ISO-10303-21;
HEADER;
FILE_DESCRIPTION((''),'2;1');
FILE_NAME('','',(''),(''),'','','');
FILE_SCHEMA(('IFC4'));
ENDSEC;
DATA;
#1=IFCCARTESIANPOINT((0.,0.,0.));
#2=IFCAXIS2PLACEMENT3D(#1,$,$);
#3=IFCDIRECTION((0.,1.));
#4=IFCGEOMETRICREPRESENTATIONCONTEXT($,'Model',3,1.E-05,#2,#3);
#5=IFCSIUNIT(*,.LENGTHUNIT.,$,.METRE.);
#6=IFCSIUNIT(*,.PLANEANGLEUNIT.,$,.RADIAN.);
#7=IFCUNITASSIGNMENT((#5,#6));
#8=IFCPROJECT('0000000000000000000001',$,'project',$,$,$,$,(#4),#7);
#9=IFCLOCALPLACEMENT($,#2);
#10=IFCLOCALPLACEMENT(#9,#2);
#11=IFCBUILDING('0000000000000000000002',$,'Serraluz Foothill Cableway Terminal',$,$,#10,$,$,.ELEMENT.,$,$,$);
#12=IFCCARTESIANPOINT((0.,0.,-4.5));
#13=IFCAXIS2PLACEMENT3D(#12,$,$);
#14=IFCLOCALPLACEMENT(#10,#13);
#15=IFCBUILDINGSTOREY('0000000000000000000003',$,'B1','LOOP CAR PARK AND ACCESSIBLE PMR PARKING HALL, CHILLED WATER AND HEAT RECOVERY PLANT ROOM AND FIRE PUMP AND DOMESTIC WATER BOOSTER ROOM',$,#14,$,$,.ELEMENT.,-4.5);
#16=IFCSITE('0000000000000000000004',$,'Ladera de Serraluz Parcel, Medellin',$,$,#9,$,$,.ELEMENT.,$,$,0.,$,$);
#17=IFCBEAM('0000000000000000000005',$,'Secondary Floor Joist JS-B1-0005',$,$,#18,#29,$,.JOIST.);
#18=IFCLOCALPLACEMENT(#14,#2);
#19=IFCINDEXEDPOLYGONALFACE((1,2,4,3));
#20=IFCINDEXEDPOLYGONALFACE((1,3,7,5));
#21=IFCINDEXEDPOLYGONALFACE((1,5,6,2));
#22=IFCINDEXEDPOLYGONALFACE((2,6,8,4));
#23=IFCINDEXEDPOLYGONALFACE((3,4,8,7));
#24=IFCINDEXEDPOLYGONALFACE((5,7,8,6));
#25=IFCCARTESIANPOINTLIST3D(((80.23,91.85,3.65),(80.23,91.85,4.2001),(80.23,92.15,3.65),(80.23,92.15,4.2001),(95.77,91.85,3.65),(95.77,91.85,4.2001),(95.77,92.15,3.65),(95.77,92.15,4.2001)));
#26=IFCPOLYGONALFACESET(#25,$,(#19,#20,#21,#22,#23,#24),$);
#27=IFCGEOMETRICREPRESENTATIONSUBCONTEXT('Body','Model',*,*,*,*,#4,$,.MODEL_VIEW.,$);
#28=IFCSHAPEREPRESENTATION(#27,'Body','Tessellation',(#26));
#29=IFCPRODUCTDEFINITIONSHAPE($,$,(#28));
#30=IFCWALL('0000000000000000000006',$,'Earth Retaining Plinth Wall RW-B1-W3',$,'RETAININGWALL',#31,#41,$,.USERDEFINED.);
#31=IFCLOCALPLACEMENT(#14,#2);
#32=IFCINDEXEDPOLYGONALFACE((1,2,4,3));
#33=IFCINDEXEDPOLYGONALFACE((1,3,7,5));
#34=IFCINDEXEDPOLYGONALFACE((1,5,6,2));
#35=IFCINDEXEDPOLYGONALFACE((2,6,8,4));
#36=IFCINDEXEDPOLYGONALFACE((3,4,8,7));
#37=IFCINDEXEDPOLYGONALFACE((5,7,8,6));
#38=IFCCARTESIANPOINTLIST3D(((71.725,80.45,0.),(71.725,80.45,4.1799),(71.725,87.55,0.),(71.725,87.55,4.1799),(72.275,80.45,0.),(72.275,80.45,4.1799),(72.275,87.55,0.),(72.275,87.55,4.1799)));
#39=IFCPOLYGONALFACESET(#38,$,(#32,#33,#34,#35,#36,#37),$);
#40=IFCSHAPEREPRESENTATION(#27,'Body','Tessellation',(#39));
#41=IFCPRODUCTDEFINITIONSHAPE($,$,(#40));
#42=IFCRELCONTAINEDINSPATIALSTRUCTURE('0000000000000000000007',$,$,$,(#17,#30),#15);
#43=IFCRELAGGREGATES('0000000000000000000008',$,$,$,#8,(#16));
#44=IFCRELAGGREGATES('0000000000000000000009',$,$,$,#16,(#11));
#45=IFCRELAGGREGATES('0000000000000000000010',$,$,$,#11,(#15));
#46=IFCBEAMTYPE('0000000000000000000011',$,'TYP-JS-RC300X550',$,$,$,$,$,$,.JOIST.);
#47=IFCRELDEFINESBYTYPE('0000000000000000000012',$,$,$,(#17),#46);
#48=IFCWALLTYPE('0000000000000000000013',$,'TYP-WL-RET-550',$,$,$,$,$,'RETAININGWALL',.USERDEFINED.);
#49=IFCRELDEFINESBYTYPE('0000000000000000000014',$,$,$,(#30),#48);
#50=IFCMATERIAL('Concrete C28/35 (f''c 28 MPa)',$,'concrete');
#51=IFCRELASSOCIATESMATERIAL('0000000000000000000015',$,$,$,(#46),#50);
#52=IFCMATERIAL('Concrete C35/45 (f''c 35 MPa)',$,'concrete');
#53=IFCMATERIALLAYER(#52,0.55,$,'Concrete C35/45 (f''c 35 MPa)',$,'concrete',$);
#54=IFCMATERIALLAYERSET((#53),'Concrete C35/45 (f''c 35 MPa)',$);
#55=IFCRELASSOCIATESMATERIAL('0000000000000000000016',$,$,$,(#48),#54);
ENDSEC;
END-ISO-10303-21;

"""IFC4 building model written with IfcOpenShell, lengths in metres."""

from ifc_helpers import new_model, si_unit, direction, frame, frame_2d, origin, origin_2d, place, context, subcontext, project, spatial, rectangle, extrude, material, layer, layer_set, material_profile, profile_set, type_object, element, save


model = new_model("IFC4")

# Units and contexts
model_context = context("Model", 3, precision=1e-05, world=origin(), true_north=direction((0.0, 1.0)))
body_context = subcontext(model_context, "Body", "Model", "MODEL_VIEW")
ifc_project = project(units=[si_unit("LENGTHUNIT", "METRE"), si_unit("PLANEANGLEUNIT", "RADIAN")], contexts=[model_context])

# Site, building, storey
site_placement = place(None, origin())
site = spatial("IfcSite", under=ifc_project, at=site_placement, Name="Ladera de Serraluz Parcel, Medellin", CompositionType="ELEMENT", RefElevation=0.0)
building_placement = place(site_placement, origin())
building = spatial("IfcBuilding", under=site, at=building_placement, Name="Serraluz Foothill Cableway Terminal", CompositionType="ELEMENT")
storey_placement = place(building_placement, frame((0.0, 0.0, -4.5)))
storey = spatial("IfcBuildingStorey", under=building, at=storey_placement, Name="B1", Description="LOOP CAR PARK AND ACCESSIBLE PMR PARKING HALL, CHILLED WATER AND HEAT RECOVERY PLANT ROOM AND FIRE PUMP AND DOMESTIC WATER BOOSTER ROOM", CompositionType="ELEMENT", Elevation=-4.5)

# Shared definitions
ifc_material_1 = material(Name="Concrete C35/45 (f'c 35 MPa)", Category="concrete")

# Shared definitions
ifc_material_2 = material(Name="Concrete C28/35 (f'c 28 MPa)", Category="concrete")

# Beam
ifc_material_profile_1 = material_profile(ifc_material_2, rectangle(XDim=0.3, YDim=0.55, at=origin_2d()), Name="RC 300x550")
ifc_profile_set_1 = profile_set([ifc_material_profile_1], Name="Concrete C28/35 (f'c 28 MPa)")
beam_type_1 = type_object("IfcBeamType", Name="TYP-JS-RC300X550", PredefinedType="JOIST", material=ifc_profile_set_1)
beam_1_placement = place(storey_placement, frame((80.23, 92.0, 3.925), z_axis=(1.0, 0.0, 0.0), x_axis=(0.0, 1.0, 0.0)))
element("IfcBeam", 1, at=beam_1_placement, inside=storey, type_object=beam_type_1, Name="Secondary Floor Joist JS-B1-0005", PredefinedType="JOIST", context=body_context, shape_type="SweptSolid", body=[
    extrude(rectangle(XDim=0.3, YDim=0.55, at=origin_2d()), origin(), (0.0, 0.0, 1.0), 15.54),
])

# Wall
ifc_layer = layer(ifc_material_1, 0.55, Name="Concrete C35/45 (f'c 35 MPa)", Category="concrete")
ifc_layer_set = layer_set([ifc_layer], Name="Concrete C35/45 (f'c 35 MPa)")
wall_type = type_object("IfcWallType", Name="TYP-WL-RET-550", ElementType="RETAININGWALL", PredefinedType="USERDEFINED", material=ifc_layer_set)
wall_placement = place(storey_placement, frame((72.0, 87.55, 0.0), z_axis=(0.0, 0.0, 1.0), x_axis=(0.0, -1.0, 0.0)))
element("IfcWall", 2, at=wall_placement, inside=storey, type_object=wall_type, Name="Earth Retaining Plinth Wall RW-B1-W3", ObjectType="RETAININGWALL", PredefinedType="USERDEFINED", context=body_context, shape_type="SweptSolid", body=[
    extrude(rectangle(XDim=7.1001, YDim=0.55, at=frame_2d((3.55, 0.0))), origin(), (0.0, 0.0, 1.0), 4.1799),
])

save(model, "model.ifc")
